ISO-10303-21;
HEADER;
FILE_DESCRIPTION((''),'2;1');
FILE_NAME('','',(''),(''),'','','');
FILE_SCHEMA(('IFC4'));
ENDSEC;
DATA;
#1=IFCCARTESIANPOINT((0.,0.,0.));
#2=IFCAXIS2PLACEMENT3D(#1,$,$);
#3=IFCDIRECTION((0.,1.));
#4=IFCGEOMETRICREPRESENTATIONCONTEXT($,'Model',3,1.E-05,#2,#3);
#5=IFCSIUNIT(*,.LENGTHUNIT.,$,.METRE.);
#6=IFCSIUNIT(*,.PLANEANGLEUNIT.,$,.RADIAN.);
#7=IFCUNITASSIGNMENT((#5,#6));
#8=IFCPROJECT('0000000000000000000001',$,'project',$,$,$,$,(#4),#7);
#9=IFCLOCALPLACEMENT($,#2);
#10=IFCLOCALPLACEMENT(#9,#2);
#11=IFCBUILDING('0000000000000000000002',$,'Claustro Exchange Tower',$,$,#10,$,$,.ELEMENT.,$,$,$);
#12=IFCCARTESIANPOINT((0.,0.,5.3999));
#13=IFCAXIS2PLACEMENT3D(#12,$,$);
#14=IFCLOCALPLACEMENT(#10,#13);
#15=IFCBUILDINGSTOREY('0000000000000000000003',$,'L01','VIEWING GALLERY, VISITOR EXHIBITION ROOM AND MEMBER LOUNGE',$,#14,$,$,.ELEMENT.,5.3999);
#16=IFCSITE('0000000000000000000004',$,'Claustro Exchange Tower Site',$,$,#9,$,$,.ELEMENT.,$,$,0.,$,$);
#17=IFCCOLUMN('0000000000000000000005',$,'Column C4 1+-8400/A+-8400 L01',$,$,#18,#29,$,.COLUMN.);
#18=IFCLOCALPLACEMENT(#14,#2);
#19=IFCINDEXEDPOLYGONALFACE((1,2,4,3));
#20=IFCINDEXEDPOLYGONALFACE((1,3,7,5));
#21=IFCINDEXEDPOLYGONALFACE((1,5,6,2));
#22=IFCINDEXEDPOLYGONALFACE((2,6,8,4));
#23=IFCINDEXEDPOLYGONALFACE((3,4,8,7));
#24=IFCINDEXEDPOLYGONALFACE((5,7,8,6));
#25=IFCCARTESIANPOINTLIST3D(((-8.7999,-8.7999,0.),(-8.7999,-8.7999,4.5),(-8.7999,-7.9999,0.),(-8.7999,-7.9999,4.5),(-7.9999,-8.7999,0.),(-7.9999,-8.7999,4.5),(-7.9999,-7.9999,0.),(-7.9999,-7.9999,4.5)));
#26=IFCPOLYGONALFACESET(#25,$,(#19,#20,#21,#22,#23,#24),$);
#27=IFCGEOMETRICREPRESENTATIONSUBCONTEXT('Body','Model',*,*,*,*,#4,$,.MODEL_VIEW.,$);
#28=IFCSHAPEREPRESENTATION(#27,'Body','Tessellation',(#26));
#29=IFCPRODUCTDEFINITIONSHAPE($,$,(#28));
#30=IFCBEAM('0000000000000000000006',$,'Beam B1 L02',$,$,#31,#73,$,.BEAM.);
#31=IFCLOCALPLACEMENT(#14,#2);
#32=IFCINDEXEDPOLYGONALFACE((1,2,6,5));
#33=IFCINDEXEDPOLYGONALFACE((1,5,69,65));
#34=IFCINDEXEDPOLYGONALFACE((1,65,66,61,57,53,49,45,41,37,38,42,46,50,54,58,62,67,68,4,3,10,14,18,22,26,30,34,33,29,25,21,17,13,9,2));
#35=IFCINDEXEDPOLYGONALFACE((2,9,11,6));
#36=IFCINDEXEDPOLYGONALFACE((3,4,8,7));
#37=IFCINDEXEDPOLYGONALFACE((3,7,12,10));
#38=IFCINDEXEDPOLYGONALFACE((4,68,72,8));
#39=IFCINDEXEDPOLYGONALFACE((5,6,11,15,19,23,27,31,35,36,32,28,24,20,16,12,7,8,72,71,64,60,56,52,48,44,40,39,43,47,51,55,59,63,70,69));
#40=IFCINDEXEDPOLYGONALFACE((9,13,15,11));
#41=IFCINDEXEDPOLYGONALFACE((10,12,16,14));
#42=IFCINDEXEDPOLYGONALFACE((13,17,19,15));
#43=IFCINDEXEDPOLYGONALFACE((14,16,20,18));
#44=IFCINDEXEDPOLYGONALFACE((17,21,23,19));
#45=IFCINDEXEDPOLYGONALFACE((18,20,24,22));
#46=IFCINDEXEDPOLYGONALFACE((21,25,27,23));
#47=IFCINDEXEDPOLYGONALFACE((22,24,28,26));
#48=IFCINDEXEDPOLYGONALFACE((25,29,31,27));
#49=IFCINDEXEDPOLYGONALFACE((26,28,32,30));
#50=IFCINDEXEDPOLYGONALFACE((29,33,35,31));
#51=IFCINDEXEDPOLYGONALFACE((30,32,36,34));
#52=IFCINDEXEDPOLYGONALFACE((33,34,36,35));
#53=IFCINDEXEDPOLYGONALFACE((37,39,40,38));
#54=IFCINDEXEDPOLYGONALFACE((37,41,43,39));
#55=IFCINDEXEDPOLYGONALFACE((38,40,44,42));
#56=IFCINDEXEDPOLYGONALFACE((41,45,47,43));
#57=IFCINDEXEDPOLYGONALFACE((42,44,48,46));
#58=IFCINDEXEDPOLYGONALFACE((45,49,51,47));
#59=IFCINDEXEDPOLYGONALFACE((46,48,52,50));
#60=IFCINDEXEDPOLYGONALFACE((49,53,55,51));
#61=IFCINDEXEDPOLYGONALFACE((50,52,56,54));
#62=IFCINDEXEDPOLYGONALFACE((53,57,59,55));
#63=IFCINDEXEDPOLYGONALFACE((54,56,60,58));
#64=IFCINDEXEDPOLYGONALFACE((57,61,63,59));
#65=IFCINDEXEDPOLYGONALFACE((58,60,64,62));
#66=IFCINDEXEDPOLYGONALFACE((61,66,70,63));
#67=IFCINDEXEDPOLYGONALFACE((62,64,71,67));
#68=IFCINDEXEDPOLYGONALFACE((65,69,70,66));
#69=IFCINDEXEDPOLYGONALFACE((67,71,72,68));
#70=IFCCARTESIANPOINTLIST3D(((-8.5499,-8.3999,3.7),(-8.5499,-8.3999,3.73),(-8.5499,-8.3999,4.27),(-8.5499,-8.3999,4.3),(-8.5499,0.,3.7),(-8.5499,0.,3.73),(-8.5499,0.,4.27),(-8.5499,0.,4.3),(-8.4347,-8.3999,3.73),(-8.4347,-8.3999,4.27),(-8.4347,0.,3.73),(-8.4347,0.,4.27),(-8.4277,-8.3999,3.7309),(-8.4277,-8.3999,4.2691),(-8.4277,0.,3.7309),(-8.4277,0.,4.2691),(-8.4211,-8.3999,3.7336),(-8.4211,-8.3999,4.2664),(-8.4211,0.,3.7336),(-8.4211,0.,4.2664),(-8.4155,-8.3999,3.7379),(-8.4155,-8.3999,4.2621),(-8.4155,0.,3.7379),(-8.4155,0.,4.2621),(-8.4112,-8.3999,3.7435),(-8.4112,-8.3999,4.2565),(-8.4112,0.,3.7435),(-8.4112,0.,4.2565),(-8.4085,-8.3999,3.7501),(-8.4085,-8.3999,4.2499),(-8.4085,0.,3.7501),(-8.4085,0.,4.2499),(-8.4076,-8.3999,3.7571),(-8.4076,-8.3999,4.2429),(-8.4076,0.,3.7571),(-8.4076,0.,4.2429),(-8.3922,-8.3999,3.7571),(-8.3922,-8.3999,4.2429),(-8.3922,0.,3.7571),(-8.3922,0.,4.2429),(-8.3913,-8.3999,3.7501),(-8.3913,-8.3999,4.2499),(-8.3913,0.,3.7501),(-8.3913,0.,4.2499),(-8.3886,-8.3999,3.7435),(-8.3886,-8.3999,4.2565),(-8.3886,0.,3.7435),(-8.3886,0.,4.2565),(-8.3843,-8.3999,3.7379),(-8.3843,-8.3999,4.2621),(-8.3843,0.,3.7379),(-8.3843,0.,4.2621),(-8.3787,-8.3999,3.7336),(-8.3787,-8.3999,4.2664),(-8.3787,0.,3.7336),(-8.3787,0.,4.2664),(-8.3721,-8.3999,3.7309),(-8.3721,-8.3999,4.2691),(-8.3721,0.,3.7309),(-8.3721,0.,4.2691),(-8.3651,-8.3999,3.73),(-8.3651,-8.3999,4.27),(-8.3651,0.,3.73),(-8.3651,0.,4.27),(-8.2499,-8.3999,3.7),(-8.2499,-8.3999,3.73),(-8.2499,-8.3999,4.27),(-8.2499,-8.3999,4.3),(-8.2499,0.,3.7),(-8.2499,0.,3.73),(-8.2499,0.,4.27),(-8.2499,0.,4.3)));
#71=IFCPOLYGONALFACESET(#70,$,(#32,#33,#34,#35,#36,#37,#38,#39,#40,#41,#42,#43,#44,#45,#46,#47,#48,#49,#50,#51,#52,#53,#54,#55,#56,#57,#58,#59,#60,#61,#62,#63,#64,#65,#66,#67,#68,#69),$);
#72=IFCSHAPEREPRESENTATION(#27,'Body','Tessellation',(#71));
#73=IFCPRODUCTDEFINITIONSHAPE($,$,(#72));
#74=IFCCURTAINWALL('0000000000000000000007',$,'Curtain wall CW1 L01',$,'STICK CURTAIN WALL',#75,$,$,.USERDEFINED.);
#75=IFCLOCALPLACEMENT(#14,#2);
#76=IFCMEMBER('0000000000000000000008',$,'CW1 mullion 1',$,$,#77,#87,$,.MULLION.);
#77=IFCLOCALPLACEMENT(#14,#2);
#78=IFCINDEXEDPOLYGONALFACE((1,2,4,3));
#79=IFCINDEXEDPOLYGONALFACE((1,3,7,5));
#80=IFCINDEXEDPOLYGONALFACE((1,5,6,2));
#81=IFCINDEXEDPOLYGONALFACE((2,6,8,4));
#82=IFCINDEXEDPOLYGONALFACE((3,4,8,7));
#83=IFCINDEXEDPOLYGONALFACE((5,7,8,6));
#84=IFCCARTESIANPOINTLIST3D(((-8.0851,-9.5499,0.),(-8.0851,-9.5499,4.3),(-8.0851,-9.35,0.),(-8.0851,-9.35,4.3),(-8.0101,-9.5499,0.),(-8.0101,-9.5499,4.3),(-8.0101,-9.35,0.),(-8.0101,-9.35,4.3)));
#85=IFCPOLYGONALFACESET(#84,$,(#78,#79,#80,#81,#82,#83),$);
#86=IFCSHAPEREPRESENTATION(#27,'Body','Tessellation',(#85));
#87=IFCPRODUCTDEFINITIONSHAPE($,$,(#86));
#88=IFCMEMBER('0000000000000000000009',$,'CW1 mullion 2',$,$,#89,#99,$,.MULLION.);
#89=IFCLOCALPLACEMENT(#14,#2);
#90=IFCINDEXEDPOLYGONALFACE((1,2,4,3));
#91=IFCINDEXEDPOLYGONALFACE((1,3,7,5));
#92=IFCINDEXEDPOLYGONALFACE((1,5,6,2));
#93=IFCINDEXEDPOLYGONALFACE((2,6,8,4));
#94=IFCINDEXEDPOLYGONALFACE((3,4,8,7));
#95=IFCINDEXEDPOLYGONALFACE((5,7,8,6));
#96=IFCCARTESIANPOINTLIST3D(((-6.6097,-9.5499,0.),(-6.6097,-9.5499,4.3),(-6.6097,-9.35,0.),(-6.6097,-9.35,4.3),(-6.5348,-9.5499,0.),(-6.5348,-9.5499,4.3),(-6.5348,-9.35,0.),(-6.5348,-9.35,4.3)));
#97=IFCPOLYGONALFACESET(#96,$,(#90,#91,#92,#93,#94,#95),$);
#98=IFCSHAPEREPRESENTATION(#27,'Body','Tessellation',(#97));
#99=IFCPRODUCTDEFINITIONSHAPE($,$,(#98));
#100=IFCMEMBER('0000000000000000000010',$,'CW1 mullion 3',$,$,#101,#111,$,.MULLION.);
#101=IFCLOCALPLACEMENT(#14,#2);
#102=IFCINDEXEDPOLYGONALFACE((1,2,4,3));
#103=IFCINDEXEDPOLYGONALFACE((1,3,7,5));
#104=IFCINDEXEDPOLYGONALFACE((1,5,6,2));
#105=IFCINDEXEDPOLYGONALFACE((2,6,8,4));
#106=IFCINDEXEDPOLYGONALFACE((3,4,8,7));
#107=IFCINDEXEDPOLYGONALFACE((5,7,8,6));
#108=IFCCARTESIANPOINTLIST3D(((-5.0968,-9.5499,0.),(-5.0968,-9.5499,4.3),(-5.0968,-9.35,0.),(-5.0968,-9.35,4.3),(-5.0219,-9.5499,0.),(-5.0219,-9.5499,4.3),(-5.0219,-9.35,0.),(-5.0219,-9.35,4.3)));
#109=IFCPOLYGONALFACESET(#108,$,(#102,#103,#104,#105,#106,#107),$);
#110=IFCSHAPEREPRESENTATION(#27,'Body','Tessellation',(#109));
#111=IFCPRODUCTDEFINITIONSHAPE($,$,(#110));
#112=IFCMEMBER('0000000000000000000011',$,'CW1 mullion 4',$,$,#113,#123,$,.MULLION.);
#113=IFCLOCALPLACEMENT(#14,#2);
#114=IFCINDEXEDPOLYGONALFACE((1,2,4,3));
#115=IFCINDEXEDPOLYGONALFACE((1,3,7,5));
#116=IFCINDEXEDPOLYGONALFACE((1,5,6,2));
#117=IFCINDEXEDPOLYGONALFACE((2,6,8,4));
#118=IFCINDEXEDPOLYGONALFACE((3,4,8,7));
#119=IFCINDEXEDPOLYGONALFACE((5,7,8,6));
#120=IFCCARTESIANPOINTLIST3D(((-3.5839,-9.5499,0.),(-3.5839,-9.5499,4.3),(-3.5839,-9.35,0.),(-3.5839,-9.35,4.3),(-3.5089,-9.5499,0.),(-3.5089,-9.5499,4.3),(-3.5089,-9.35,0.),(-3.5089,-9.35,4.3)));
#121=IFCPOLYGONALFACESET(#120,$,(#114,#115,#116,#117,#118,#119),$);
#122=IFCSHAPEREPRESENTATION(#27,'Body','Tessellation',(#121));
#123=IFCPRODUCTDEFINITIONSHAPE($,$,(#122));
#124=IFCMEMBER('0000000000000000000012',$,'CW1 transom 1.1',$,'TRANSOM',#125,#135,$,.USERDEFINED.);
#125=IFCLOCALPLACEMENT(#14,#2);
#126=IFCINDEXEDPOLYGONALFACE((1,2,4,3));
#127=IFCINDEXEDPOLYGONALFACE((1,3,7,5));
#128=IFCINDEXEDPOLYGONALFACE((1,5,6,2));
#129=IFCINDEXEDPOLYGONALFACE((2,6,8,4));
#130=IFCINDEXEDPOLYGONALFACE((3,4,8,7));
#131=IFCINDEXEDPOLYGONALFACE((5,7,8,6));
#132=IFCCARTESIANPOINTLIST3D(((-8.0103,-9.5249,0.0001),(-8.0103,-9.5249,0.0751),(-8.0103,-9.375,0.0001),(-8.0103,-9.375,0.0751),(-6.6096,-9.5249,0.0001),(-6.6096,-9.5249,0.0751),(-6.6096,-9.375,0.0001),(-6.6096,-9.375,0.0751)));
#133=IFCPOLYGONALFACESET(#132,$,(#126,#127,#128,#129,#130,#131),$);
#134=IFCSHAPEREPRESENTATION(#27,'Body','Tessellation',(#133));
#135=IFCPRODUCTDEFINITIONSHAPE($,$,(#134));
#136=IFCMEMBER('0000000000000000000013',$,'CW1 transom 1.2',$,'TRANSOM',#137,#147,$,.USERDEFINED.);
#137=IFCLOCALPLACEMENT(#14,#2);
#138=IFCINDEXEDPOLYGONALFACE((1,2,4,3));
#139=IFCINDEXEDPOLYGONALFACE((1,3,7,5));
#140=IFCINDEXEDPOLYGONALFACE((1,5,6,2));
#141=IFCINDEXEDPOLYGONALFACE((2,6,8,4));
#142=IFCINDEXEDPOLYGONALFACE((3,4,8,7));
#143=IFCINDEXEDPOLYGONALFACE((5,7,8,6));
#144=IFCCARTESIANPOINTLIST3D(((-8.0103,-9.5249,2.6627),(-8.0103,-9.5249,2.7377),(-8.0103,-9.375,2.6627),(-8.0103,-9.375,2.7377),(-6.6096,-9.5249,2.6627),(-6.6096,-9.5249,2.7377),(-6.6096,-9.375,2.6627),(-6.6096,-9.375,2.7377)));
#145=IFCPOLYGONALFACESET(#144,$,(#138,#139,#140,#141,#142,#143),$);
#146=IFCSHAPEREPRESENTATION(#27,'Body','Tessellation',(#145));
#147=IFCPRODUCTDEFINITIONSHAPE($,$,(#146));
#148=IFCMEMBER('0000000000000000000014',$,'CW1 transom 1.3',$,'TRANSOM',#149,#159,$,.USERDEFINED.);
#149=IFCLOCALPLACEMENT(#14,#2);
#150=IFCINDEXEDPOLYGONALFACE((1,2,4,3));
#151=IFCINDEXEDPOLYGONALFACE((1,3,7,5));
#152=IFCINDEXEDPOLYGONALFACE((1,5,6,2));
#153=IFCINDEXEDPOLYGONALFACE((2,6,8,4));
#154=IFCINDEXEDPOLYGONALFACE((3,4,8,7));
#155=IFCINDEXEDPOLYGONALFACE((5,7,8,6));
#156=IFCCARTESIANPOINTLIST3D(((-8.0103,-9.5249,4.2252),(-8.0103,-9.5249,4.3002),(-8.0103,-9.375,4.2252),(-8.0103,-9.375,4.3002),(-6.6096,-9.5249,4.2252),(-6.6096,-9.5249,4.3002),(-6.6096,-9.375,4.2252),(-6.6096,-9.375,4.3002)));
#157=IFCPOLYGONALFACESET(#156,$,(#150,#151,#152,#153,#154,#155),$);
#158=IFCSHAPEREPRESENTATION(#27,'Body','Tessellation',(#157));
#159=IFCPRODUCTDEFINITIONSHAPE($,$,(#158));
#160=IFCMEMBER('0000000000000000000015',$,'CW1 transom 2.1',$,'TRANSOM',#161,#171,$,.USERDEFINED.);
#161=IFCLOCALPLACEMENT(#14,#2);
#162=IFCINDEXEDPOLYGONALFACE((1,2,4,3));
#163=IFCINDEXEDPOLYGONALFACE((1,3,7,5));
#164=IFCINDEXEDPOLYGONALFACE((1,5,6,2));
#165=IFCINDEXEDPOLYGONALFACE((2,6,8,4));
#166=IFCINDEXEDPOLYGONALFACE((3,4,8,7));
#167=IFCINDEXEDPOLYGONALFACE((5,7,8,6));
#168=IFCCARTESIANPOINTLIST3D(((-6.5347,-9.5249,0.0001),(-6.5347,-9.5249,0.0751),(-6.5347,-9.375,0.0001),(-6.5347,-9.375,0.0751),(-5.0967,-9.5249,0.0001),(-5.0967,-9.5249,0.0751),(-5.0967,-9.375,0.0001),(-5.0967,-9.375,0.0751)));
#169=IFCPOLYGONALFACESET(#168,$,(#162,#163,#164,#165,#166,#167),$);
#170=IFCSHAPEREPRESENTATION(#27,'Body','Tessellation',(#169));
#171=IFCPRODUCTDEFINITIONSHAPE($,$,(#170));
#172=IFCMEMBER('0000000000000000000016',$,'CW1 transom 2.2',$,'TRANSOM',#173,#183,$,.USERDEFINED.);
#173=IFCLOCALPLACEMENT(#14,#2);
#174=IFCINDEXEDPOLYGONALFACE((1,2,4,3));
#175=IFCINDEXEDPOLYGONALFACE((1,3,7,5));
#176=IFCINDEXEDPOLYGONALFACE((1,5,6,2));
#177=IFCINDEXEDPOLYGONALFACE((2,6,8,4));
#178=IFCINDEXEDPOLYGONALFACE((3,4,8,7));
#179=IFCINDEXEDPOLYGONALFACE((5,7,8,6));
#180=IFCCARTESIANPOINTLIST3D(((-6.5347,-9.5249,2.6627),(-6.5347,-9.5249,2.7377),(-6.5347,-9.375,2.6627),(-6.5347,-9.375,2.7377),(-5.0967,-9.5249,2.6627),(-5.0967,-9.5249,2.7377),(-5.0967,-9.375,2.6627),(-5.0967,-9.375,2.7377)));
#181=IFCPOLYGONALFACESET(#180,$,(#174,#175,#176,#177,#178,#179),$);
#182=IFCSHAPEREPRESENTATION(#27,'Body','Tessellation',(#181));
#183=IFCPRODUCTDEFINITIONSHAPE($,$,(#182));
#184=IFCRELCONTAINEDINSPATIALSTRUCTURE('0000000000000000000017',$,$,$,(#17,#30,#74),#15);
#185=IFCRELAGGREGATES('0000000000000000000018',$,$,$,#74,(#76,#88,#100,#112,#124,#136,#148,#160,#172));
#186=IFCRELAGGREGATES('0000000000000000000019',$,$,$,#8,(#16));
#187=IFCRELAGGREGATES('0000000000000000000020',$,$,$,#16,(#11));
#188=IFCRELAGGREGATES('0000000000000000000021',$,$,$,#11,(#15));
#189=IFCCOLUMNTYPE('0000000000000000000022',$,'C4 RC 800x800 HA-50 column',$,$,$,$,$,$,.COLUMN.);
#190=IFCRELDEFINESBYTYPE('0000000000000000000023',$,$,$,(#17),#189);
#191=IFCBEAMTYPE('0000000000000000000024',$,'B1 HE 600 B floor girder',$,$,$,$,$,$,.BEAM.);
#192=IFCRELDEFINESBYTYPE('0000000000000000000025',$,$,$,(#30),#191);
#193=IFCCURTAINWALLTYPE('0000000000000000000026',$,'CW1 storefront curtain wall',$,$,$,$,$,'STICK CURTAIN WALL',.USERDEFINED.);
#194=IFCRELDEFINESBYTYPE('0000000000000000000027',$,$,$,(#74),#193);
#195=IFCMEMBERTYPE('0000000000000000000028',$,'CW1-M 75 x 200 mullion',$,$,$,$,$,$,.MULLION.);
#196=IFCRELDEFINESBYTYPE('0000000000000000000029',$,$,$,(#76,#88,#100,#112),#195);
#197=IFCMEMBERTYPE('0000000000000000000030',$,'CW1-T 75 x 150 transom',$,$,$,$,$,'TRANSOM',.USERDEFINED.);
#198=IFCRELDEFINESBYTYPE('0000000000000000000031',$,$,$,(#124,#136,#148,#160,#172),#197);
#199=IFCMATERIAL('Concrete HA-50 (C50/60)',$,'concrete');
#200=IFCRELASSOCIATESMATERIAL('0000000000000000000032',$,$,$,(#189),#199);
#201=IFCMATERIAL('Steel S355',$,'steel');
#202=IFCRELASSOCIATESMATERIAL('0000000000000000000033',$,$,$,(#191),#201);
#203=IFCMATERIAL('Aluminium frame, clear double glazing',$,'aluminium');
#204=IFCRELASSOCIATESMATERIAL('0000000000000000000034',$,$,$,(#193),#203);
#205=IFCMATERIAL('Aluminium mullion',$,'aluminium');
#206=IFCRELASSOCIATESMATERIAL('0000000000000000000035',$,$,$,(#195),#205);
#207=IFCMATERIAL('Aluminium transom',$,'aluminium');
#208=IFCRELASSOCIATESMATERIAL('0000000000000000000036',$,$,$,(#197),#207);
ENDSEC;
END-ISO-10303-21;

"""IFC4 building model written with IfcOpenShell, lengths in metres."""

from ifc_helpers import new_model, si_unit, direction, frame, origin, origin_2d, place, context, subcontext, project, spatial, rectangle, i_section, extrude, material, material_profile, profile_set, type_object, element, aggregate, save


model = new_model("IFC4")

# Units and contexts
model_context = context("Model", 3, precision=1e-05, world=origin(), true_north=direction((0.0, 1.0)))
body_context = subcontext(model_context, "Body", "Model", "MODEL_VIEW")
ifc_project = project(units=[si_unit("LENGTHUNIT", "METRE"), si_unit("PLANEANGLEUNIT", "RADIAN")], contexts=[model_context])

# Site, building, storey
site_placement = place(None, origin())
site = spatial("IfcSite", under=ifc_project, at=site_placement, Name="Claustro Exchange Tower Site", CompositionType="ELEMENT", RefElevation=0.0)
building_placement = place(site_placement, origin())
building = spatial("IfcBuilding", under=site, at=building_placement, Name="Claustro Exchange Tower", CompositionType="ELEMENT")
storey_placement = place(building_placement, frame((0.0, 0.0, 5.3999)))
storey = spatial("IfcBuildingStorey", under=building, at=storey_placement, Name="L01", Description="VIEWING GALLERY, VISITOR EXHIBITION ROOM AND MEMBER LOUNGE", CompositionType="ELEMENT", Elevation=5.3999)

# Column
ifc_material_1 = material(Name="Concrete HA-50 (C50/60)", Category="concrete")
ifc_material_profile_1 = material_profile(ifc_material_1, rectangle(XDim=0.8, YDim=0.8, at=origin_2d()), Name="RC 800x800")
ifc_profile_set_1 = profile_set([ifc_material_profile_1], Name="Concrete HA-50 (C50/60)")
column_type = type_object("IfcColumnType", Name="C4 RC 800x800 HA-50 column", PredefinedType="COLUMN", material=ifc_profile_set_1)
column_placement = place(storey_placement, frame((-8.3999, -8.3999, 0.0), z_axis=(0.0, 0.0, 1.0), x_axis=(1.0, 0.0, 0.0)))
element("IfcColumn", 1, at=column_placement, inside=storey, type_object=column_type, Name="Column C4 1+-8400/A+-8400 L01", PredefinedType="COLUMN", context=body_context, shape_type="SweptSolid", body=[
    extrude(rectangle(XDim=0.8, YDim=0.8, at=origin_2d()), origin(), (0.0, 0.0, 1.0), 4.5),
])

# Beam
ifc_material_2 = material(Name="Steel S355", Category="steel")
ifc_material_profile_2 = material_profile(ifc_material_2, i_section(OverallWidth=0.3, OverallDepth=0.6001, WebThickness=0.0154, FlangeThickness=0.03, FilletRadius=0.0271, at=origin_2d()), Name="HE 600 B")
ifc_profile_set_2 = profile_set([ifc_material_profile_2], Name="Steel S355")
beam_type = type_object("IfcBeamType", Name="B1 HE 600 B floor girder", PredefinedType="BEAM", material=ifc_profile_set_2)
beam_placement = place(storey_placement, frame((-8.3999, -8.3999, 4.0), z_axis=(0.0, 1.0, 0.0), x_axis=(-1.0, 0.0, 0.0)))
element("IfcBeam", 2, at=beam_placement, inside=storey, type_object=beam_type, Name="Beam B1 L02", PredefinedType="BEAM", context=body_context, shape_type="SweptSolid", body=[
    extrude(i_section(OverallWidth=0.3, OverallDepth=0.6001, WebThickness=0.0154, FlangeThickness=0.03, FilletRadius=0.0271, at=origin_2d()), origin(), (0.0, 0.0, 1.0), 8.3999),
])

# Curtain wall, members
ifc_material_3 = material(Name="Aluminium frame, clear double glazing", Category="aluminium")
curtain_wall_type = type_object("IfcCurtainWallType", Name="CW1 storefront curtain wall", ElementType="STICK CURTAIN WALL", PredefinedType="USERDEFINED", material=ifc_material_3)
curtain_wall_placement = place(storey_placement, origin())
curtain_wall = element("IfcCurtainWall", 3, at=curtain_wall_placement, inside=storey, type_object=curtain_wall_type, Name="Curtain wall CW1 L01", ObjectType="STICK CURTAIN WALL", PredefinedType="USERDEFINED")
ifc_material_4 = material(Name="Aluminium mullion", Category="aluminium")
ifc_material_profile_3 = material_profile(ifc_material_4, rectangle(XDim=0.2, YDim=0.075, at=origin_2d()), Name="CW1-M 75x200")
ifc_profile_set_3 = profile_set([ifc_material_profile_3], Name="Aluminium mullion")
member_type_1 = type_object("IfcMemberType", Name="CW1-M 75 x 200 mullion", PredefinedType="MULLION", material=ifc_profile_set_3)
member_1_placement = place(storey_placement, frame((-8.0476, -9.45, 0.0), z_axis=(0.0, 0.0, 1.0), x_axis=(0.0, 1.0, 0.0)))
member_1 = element("IfcMember", 4, at=member_1_placement, type_object=member_type_1, Name="CW1 mullion 1", PredefinedType="MULLION", context=body_context, shape_type="SweptSolid", body=[
    extrude(rectangle(XDim=0.2, YDim=0.075, at=origin_2d()), origin(), (0.0, 0.0, 1.0), 4.3),
])
member_2_placement = place(storey_placement, frame((-6.5723, -9.45, 0.0), z_axis=(0.0, 0.0, 1.0), x_axis=(0.0, 1.0, 0.0)))
member_2 = element("IfcMember", 5, at=member_2_placement, type_object=member_type_1, Name="CW1 mullion 2", PredefinedType="MULLION", context=body_context, shape_type="SweptSolid", body=[
    extrude(rectangle(XDim=0.2, YDim=0.075, at=origin_2d()), origin(), (0.0, 0.0, 1.0), 4.3),
])
member_3_placement = place(storey_placement, frame((-5.0593, -9.45, 0.0), z_axis=(0.0, 0.0, 1.0), x_axis=(0.0, 1.0, 0.0)))
member_3 = element("IfcMember", 6, at=member_3_placement, type_object=member_type_1, Name="CW1 mullion 3", PredefinedType="MULLION", context=body_context, shape_type="SweptSolid", body=[
    extrude(rectangle(XDim=0.2, YDim=0.075, at=origin_2d()), origin(), (0.0, 0.0, 1.0), 4.3),
])
member_4_placement = place(storey_placement, frame((-3.5464, -9.45, 0.0), z_axis=(0.0, 0.0, 1.0), x_axis=(0.0, 1.0, 0.0)))
member_4 = element("IfcMember", 7, at=member_4_placement, type_object=member_type_1, Name="CW1 mullion 4", PredefinedType="MULLION", context=body_context, shape_type="SweptSolid", body=[
    extrude(rectangle(XDim=0.2, YDim=0.075, at=origin_2d()), origin(), (0.0, 0.0, 1.0), 4.3),
])
ifc_material_5 = material(Name="Aluminium transom", Category="aluminium")
ifc_material_profile_4 = material_profile(ifc_material_5, rectangle(XDim=0.1499, YDim=0.075, at=origin_2d()), Name="CW1-T 75x150")
ifc_profile_set_4 = profile_set([ifc_material_profile_4], Name="Aluminium transom")
member_type_2 = type_object("IfcMemberType", Name="CW1-T 75 x 150 transom", ElementType="TRANSOM", PredefinedType="USERDEFINED", material=ifc_profile_set_4)
member_5_placement = place(storey_placement, frame((-8.0103, -9.45, 0.0376), z_axis=(1.0, 0.0, 0.0), x_axis=(0.0, 1.0, 0.0)))
member_5 = element("IfcMember", 8, at=member_5_placement, type_object=member_type_2, Name="CW1 transom 1.1", ObjectType="TRANSOM", PredefinedType="USERDEFINED", context=body_context, shape_type="SweptSolid", body=[
    extrude(rectangle(XDim=0.1499, YDim=0.075, at=origin_2d()), origin(), (0.0, 0.0, 1.0), 1.4006),
])
member_6_placement = place(storey_placement, frame((-8.0103, -9.45, 2.7002), z_axis=(1.0, 0.0, 0.0), x_axis=(0.0, 1.0, 0.0)))
member_6 = element("IfcMember", 9, at=member_6_placement, type_object=member_type_2, Name="CW1 transom 1.2", ObjectType="TRANSOM", PredefinedType="USERDEFINED", context=body_context, shape_type="SweptSolid", body=[
    extrude(rectangle(XDim=0.1499, YDim=0.075, at=origin_2d()), origin(), (0.0, 0.0, 1.0), 1.4006),
])
member_7_placement = place(storey_placement, frame((-8.0103, -9.45, 4.2627), z_axis=(1.0, 0.0, 0.0), x_axis=(0.0, 1.0, 0.0)))
member_7 = element("IfcMember", 10, at=member_7_placement, type_object=member_type_2, Name="CW1 transom 1.3", ObjectType="TRANSOM", PredefinedType="USERDEFINED", context=body_context, shape_type="SweptSolid", body=[
    extrude(rectangle(XDim=0.1499, YDim=0.075, at=origin_2d()), origin(), (0.0, 0.0, 1.0), 1.4006),
])
member_8_placement = place(storey_placement, frame((-6.5347, -9.45, 0.0376), z_axis=(1.0, 0.0, 0.0), x_axis=(0.0, 1.0, 0.0)))
member_8 = element("IfcMember", 11, at=member_8_placement, type_object=member_type_2, Name="CW1 transom 2.1", ObjectType="TRANSOM", PredefinedType="USERDEFINED", context=body_context, shape_type="SweptSolid", body=[
    extrude(rectangle(XDim=0.1499, YDim=0.075, at=origin_2d()), origin(), (0.0, 0.0, 1.0), 1.438),
])
member_9_placement = place(storey_placement, frame((-6.5347, -9.45, 2.7002), z_axis=(1.0, 0.0, 0.0), x_axis=(0.0, 1.0, 0.0)))
member_9 = element("IfcMember", 12, at=member_9_placement, type_object=member_type_2, Name="CW1 transom 2.2", ObjectType="TRANSOM", PredefinedType="USERDEFINED", context=body_context, shape_type="SweptSolid", body=[
    extrude(rectangle(XDim=0.1499, YDim=0.075, at=origin_2d()), origin(), (0.0, 0.0, 1.0), 1.438),
])
aggregate(curtain_wall, [member_1, member_2, member_3, member_4, member_5, member_6, member_7, member_8, member_9])

save(model, "model.ifc")
